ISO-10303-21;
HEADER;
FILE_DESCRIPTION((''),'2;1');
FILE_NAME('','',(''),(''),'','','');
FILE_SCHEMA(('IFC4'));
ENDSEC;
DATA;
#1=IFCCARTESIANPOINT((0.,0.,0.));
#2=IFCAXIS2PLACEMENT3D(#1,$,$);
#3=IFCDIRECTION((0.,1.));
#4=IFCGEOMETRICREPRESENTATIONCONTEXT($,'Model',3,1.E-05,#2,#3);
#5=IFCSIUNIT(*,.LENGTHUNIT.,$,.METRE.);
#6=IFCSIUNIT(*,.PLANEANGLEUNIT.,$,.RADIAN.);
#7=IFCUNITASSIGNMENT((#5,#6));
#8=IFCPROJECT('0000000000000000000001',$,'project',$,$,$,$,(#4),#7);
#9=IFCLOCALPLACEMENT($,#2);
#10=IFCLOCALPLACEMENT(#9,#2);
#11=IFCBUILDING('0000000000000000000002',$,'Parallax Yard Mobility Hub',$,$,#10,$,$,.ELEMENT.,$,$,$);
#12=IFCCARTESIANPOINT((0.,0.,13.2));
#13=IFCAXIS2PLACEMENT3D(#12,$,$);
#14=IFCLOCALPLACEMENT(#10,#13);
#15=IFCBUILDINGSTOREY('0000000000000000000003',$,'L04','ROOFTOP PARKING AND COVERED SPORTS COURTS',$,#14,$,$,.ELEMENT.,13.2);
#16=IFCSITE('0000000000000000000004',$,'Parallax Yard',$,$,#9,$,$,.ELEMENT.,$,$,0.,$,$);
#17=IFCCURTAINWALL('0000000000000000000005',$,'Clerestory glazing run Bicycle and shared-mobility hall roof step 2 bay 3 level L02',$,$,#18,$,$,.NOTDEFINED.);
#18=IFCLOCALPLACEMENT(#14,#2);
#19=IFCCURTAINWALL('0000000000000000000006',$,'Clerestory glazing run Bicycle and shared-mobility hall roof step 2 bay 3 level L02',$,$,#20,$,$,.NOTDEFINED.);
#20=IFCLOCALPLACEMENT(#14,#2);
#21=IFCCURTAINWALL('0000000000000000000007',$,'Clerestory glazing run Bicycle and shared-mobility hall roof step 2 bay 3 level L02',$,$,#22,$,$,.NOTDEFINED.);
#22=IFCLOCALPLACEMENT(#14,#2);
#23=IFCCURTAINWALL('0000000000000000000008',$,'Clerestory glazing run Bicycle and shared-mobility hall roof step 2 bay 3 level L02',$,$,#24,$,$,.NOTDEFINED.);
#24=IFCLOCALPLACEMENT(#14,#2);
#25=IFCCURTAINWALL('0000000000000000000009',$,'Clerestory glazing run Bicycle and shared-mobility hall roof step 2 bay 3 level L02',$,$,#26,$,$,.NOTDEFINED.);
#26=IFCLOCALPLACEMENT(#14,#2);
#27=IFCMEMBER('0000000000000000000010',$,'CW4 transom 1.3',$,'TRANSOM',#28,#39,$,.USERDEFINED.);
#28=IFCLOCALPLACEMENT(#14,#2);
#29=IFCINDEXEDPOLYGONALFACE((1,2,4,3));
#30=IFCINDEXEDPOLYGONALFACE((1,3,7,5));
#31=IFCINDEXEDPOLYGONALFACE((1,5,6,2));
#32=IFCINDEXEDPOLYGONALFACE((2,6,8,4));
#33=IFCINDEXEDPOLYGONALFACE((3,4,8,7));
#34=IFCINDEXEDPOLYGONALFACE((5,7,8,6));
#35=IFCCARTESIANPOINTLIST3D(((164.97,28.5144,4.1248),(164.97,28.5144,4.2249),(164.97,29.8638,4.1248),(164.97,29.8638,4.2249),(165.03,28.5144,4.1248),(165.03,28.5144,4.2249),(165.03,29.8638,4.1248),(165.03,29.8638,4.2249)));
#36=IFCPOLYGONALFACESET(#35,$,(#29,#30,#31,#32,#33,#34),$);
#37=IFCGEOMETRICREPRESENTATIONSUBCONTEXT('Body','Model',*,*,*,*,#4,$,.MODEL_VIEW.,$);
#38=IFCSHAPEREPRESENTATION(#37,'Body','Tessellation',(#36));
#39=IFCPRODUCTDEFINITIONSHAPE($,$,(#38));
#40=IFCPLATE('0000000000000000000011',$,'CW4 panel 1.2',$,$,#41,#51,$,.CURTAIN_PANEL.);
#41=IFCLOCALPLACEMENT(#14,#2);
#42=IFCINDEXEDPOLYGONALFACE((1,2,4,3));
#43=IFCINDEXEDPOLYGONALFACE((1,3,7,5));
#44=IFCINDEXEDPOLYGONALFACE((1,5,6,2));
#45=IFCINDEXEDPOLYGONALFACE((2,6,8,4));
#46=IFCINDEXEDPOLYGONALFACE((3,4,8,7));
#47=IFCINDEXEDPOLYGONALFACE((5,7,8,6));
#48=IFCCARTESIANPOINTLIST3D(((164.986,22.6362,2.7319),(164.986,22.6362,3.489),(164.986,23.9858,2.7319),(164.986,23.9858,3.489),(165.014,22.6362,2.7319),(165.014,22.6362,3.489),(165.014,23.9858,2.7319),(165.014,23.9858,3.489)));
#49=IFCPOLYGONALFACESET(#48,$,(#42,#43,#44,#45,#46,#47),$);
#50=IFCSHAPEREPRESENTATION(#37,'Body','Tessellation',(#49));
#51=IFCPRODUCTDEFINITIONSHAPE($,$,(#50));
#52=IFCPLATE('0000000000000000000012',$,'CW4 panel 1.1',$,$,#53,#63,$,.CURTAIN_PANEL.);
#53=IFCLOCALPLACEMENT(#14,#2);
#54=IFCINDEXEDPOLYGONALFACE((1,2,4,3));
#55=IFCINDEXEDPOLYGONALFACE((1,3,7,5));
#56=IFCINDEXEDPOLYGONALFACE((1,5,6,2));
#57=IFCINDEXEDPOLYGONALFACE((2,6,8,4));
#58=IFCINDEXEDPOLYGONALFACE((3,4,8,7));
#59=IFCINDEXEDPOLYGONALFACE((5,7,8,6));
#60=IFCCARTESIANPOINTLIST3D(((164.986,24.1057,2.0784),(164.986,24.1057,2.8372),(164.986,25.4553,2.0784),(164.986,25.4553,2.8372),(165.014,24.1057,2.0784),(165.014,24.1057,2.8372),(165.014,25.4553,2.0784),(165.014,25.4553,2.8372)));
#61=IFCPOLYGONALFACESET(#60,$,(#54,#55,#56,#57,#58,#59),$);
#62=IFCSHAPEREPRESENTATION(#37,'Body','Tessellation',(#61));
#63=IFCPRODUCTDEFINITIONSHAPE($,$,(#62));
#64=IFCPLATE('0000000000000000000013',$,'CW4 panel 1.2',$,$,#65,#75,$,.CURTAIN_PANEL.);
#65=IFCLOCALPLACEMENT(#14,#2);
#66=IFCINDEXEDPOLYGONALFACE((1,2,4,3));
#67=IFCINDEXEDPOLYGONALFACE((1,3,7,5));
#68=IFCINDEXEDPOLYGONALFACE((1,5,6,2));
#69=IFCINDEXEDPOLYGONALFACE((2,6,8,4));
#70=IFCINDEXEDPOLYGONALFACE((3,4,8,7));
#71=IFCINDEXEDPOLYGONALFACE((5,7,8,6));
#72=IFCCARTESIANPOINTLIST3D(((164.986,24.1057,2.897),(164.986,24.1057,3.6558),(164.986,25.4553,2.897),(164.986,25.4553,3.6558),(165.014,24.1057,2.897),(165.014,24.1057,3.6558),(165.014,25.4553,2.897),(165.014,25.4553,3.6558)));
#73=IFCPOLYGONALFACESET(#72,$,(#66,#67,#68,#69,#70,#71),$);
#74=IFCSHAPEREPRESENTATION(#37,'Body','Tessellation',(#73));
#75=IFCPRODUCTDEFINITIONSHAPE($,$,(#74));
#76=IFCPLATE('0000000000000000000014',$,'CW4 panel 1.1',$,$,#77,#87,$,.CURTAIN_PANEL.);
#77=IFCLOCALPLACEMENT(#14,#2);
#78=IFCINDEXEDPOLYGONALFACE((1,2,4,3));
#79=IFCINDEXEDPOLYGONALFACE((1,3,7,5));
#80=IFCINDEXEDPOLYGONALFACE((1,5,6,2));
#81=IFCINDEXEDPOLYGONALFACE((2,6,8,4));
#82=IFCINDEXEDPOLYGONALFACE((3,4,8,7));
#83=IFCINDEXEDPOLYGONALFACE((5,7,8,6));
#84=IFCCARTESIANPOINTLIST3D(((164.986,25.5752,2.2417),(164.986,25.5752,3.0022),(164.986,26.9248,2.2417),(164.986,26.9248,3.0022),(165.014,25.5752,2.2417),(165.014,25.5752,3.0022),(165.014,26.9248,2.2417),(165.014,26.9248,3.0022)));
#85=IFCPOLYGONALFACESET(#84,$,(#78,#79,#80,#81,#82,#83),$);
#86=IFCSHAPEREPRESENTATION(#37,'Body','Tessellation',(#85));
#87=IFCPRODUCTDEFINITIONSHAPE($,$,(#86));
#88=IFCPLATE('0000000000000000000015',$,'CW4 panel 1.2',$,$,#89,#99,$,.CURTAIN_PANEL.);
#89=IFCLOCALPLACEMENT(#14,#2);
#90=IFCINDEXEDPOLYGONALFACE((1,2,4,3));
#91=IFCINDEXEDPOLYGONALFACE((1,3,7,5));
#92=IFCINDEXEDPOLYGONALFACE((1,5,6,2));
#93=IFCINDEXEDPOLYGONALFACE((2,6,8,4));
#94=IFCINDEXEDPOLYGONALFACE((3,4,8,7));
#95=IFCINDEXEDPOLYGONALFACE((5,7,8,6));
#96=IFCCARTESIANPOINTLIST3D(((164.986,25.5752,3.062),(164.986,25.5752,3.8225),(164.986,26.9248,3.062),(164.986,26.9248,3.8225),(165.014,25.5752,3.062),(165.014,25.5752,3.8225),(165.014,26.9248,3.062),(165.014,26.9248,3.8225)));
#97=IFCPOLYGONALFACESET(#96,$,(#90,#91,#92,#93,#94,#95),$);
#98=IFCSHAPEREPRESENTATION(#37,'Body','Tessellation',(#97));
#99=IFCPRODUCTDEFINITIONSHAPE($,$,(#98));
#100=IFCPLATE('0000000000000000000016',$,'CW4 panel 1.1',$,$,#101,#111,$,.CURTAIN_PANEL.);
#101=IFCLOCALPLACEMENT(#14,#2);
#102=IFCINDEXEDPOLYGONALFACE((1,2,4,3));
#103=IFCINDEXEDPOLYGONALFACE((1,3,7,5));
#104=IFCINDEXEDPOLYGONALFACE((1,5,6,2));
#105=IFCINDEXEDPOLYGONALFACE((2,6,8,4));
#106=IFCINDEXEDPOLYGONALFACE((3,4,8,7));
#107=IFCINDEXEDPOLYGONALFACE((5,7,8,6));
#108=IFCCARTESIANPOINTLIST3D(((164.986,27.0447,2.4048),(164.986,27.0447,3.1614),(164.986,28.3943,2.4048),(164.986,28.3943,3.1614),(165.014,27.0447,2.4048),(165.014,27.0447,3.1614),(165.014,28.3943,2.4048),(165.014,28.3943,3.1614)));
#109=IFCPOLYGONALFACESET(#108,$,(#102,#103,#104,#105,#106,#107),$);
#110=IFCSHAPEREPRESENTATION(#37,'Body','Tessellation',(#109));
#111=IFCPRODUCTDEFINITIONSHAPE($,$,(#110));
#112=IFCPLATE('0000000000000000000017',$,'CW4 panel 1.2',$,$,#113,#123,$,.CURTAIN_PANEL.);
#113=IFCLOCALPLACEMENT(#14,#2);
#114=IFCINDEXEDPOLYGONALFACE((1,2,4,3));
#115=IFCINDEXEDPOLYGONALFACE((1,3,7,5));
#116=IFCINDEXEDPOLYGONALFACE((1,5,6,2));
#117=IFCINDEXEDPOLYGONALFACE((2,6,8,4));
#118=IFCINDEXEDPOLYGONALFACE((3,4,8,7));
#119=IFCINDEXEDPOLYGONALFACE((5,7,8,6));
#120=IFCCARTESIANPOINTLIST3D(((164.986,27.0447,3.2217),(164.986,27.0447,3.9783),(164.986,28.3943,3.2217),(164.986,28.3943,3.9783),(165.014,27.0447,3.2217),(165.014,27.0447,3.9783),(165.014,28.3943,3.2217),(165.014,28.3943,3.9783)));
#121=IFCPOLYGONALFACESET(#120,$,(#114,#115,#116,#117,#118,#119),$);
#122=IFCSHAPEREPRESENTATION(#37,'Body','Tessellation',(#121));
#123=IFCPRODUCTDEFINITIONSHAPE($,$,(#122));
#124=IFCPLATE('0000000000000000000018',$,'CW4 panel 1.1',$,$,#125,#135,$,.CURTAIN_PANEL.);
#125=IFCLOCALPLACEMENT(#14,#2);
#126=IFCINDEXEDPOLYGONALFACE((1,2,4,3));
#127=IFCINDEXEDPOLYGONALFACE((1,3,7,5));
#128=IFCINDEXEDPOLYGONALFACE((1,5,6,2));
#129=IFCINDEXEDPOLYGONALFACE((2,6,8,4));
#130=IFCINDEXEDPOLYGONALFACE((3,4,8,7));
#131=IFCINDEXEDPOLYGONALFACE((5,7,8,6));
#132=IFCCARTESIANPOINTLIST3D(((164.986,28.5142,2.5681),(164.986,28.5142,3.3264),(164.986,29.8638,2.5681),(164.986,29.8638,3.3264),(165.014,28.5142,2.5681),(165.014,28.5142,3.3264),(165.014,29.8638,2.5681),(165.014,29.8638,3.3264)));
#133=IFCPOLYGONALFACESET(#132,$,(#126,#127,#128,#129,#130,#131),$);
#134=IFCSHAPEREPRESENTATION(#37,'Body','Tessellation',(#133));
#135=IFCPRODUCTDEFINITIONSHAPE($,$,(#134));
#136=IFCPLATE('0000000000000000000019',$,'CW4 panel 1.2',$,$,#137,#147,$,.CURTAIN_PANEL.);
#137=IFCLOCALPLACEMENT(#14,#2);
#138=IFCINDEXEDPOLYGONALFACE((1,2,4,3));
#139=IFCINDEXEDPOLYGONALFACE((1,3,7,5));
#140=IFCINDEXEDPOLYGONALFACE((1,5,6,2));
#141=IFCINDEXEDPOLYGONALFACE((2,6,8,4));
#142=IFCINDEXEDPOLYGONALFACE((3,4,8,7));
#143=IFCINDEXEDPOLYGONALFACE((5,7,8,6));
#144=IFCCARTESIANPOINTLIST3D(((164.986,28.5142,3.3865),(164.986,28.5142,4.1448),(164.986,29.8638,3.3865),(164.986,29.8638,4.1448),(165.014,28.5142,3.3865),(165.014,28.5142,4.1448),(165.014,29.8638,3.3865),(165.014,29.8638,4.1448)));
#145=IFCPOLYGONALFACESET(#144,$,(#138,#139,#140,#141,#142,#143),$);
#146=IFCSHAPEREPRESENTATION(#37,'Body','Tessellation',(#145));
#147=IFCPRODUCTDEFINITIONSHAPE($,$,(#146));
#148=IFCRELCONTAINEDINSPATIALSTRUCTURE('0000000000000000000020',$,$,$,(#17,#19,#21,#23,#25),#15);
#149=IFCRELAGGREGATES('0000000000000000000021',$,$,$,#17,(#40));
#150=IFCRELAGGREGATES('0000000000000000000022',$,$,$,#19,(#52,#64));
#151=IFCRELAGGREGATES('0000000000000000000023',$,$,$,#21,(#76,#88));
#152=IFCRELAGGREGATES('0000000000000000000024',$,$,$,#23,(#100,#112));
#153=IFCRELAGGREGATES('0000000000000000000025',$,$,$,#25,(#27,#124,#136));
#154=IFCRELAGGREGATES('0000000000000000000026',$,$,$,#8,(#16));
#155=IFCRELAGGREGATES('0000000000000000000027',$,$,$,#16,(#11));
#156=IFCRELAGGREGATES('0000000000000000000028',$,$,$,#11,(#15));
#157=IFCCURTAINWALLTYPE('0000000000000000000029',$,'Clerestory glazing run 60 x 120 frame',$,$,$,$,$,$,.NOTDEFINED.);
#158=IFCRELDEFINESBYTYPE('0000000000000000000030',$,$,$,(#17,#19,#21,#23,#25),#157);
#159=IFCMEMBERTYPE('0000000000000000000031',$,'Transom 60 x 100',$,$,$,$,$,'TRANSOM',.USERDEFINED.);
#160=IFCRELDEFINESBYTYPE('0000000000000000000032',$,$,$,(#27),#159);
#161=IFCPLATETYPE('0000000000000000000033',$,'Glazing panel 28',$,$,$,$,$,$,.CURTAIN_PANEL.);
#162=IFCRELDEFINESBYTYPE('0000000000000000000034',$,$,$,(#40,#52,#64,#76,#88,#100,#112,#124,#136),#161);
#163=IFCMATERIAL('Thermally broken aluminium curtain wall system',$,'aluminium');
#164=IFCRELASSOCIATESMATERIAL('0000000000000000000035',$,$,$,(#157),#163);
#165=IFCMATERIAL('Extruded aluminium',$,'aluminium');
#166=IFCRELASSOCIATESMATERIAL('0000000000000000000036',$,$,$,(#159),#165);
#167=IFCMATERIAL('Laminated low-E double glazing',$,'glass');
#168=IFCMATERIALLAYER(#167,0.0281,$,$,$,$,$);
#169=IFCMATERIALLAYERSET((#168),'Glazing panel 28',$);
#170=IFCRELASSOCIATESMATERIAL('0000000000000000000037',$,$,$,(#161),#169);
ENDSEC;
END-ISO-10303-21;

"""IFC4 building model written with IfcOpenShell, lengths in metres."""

from ifc_helpers import new_model, si_unit, direction, frame, origin, origin_2d, place, context, subcontext, project, spatial, rectangle, extrude, material, layer, layer_set, material_profile, profile_set, type_object, element, aggregate, save


model = new_model("IFC4")

# Units and contexts
model_context = context("Model", 3, precision=1e-05, world=origin(), true_north=direction((0.0, 1.0)))
body_context = subcontext(model_context, "Body", "Model", "MODEL_VIEW")
ifc_project = project(units=[si_unit("LENGTHUNIT", "METRE"), si_unit("PLANEANGLEUNIT", "RADIAN")], contexts=[model_context])

# Site, building, storey
site_placement = place(None, origin())
site = spatial("IfcSite", under=ifc_project, at=site_placement, Name="Parallax Yard", CompositionType="ELEMENT", RefElevation=0.0)
building_placement = place(site_placement, origin())
building = spatial("IfcBuilding", under=site, at=building_placement, Name="Parallax Yard Mobility Hub", CompositionType="ELEMENT")
storey_placement = place(building_placement, frame((0.0, 0.0, 13.2)))
storey = spatial("IfcBuildingStorey", under=building, at=storey_placement, Name="L04", Description="ROOFTOP PARKING AND COVERED SPORTS COURTS", CompositionType="ELEMENT", Elevation=13.2)

# Curtain wall
ifc_material_1 = material(Name="Thermally broken aluminium curtain wall system", Category="aluminium")
curtain_wall_type = type_object("IfcCurtainWallType", Name="Clerestory glazing run 60 x 120 frame", PredefinedType="NOTDEFINED", material=ifc_material_1)
curtain_wall_1_placement = place(storey_placement, origin())
curtain_wall_1 = element("IfcCurtainWall", 1, at=curtain_wall_1_placement, inside=storey, type_object=curtain_wall_type, Name="Clerestory glazing run Bicycle and shared-mobility hall roof step 2 bay 3 level L02", PredefinedType="NOTDEFINED")
ifc_material_2 = material(Name="Extruded aluminium", Category="aluminium")

# Curtain walls
curtain_wall_2_placement = place(storey_placement, origin())
curtain_wall_2 = element("IfcCurtainWall", 2, at=curtain_wall_2_placement, inside=storey, type_object=curtain_wall_type, Name="Clerestory glazing run Bicycle and shared-mobility hall roof step 2 bay 3 level L02", PredefinedType="NOTDEFINED")
curtain_wall_3_placement = place(storey_placement, origin())
curtain_wall_3 = element("IfcCurtainWall", 3, at=curtain_wall_3_placement, inside=storey, type_object=curtain_wall_type, Name="Clerestory glazing run Bicycle and shared-mobility hall roof step 2 bay 3 level L02", PredefinedType="NOTDEFINED")
curtain_wall_4_placement = place(storey_placement, origin())
curtain_wall_4 = element("IfcCurtainWall", 4, at=curtain_wall_4_placement, inside=storey, type_object=curtain_wall_type, Name="Clerestory glazing run Bicycle and shared-mobility hall roof step 2 bay 3 level L02", PredefinedType="NOTDEFINED")

# Curtain wall
curtain_wall_5_placement = place(storey_placement, origin())
curtain_wall_5 = element("IfcCurtainWall", 5, at=curtain_wall_5_placement, inside=storey, type_object=curtain_wall_type, Name="Clerestory glazing run Bicycle and shared-mobility hall roof step 2 bay 3 level L02", PredefinedType="NOTDEFINED")

# Member
ifc_material_profile_1 = material_profile(ifc_material_2, rectangle(XDim=0.0601, YDim=0.1001, at=origin_2d()), Name="Transom 60 x 100")
ifc_profile_set_1 = profile_set([ifc_material_profile_1], Name="Extruded aluminium")
member_type_1 = type_object("IfcMemberType", Name="Transom 60 x 100", ElementType="TRANSOM", PredefinedType="USERDEFINED", material=ifc_profile_set_1)
member_1_placement = place(storey_placement, frame((165.0, 28.5144, 4.1748), z_axis=(0.0, 1.0, 0.0), x_axis=(-1.0, 0.0, 0.0)))
member_1 = element("IfcMember", 6, at=member_1_placement, type_object=member_type_1, Name="CW4 transom 1.3", ObjectType="TRANSOM", PredefinedType="USERDEFINED", context=body_context, shape_type="SweptSolid", body=[
    extrude(rectangle(XDim=0.0601, YDim=0.1001, at=origin_2d()), origin(), (0.0, 0.0, 1.0), 1.3494),
])

# Plates
ifc_material_3 = material(Name="Laminated low-E double glazing", Category="glass")
ifc_layer = layer(ifc_material_3, 0.0281)
ifc_layer_set = layer_set([ifc_layer], Name="Glazing panel 28")
plate_type = type_object("IfcPlateType", Name="Glazing panel 28", PredefinedType="CURTAIN_PANEL", material=ifc_layer_set)
plate_1_placement = place(storey_placement, frame((165.0, 23.311, 2.7319), z_axis=(0.0, 0.0, 1.0), x_axis=(0.0, 1.0, 0.0)))
plate_1 = element("IfcPlate", 7, at=plate_1_placement, type_object=plate_type, Name="CW4 panel 1.2", PredefinedType="CURTAIN_PANEL", context=body_context, shape_type="SweptSolid", body=[
    extrude(rectangle(XDim=1.3496, YDim=0.0281, at=origin_2d()), origin(), (0.0, 0.0, 1.0), 0.7571),
])
aggregate(curtain_wall_1, [plate_1])
plate_2_placement = place(storey_placement, frame((165.0, 24.7805, 2.0784), z_axis=(0.0, 0.0, 1.0), x_axis=(0.0, 1.0, 0.0)))
plate_2 = element("IfcPlate", 8, at=plate_2_placement, type_object=plate_type, Name="CW4 panel 1.1", PredefinedType="CURTAIN_PANEL", context=body_context, shape_type="SweptSolid", body=[
    extrude(rectangle(XDim=1.3496, YDim=0.0281, at=origin_2d()), origin(), (0.0, 0.0, 1.0), 0.7588),
])
plate_3_placement = place(storey_placement, frame((165.0, 24.7805, 2.897), z_axis=(0.0, 0.0, 1.0), x_axis=(0.0, 1.0, 0.0)))
plate_3 = element("IfcPlate", 9, at=plate_3_placement, type_object=plate_type, Name="CW4 panel 1.2", PredefinedType="CURTAIN_PANEL", context=body_context, shape_type="SweptSolid", body=[
    extrude(rectangle(XDim=1.3496, YDim=0.0281, at=origin_2d()), origin(), (0.0, 0.0, 1.0), 0.7588),
])
aggregate(curtain_wall_2, [plate_2, plate_3])
plate_4_placement = place(storey_placement, frame((165.0, 26.25, 2.2417), z_axis=(0.0, 0.0, 1.0), x_axis=(0.0, 1.0, 0.0)))
plate_4 = element("IfcPlate", 10, at=plate_4_placement, type_object=plate_type, Name="CW4 panel 1.1", PredefinedType="CURTAIN_PANEL", context=body_context, shape_type="SweptSolid", body=[
    extrude(rectangle(XDim=1.3496, YDim=0.0281, at=origin_2d()), origin(), (0.0, 0.0, 1.0), 0.7605),
])
plate_5_placement = place(storey_placement, frame((165.0, 26.25, 3.062), z_axis=(0.0, 0.0, 1.0), x_axis=(0.0, 1.0, 0.0)))
plate_5 = element("IfcPlate", 11, at=plate_5_placement, type_object=plate_type, Name="CW4 panel 1.2", PredefinedType="CURTAIN_PANEL", context=body_context, shape_type="SweptSolid", body=[
    extrude(rectangle(XDim=1.3496, YDim=0.0281, at=origin_2d()), origin(), (0.0, 0.0, 1.0), 0.7605),
])
aggregate(curtain_wall_3, [plate_4, plate_5])
plate_6_placement = place(storey_placement, frame((165.0, 27.7195, 2.4048), z_axis=(0.0, 0.0, 1.0), x_axis=(0.0, 1.0, 0.0)))
plate_6 = element("IfcPlate", 12, at=plate_6_placement, type_object=plate_type, Name="CW4 panel 1.1", PredefinedType="CURTAIN_PANEL", context=body_context, shape_type="SweptSolid", body=[
    extrude(rectangle(XDim=1.3496, YDim=0.0281, at=origin_2d()), origin(), (0.0, 0.0, 1.0), 0.7566),
])
plate_7_placement = place(storey_placement, frame((165.0, 27.7195, 3.2217), z_axis=(0.0, 0.0, 1.0), x_axis=(0.0, 1.0, 0.0)))
plate_7 = element("IfcPlate", 13, at=plate_7_placement, type_object=plate_type, Name="CW4 panel 1.2", PredefinedType="CURTAIN_PANEL", context=body_context, shape_type="SweptSolid", body=[
    extrude(rectangle(XDim=1.3496, YDim=0.0281, at=origin_2d()), origin(), (0.0, 0.0, 1.0), 0.7566),
])
aggregate(curtain_wall_4, [plate_6, plate_7])
plate_8_placement = place(storey_placement, frame((165.0, 29.189, 2.5681), z_axis=(0.0, 0.0, 1.0), x_axis=(0.0, 1.0, 0.0)))
plate_8 = element("IfcPlate", 14, at=plate_8_placement, type_object=plate_type, Name="CW4 panel 1.1", PredefinedType="CURTAIN_PANEL", context=body_context, shape_type="SweptSolid", body=[
    extrude(rectangle(XDim=1.3496, YDim=0.0281, at=origin_2d()), origin(), (0.0, 0.0, 1.0), 0.7583),
])
plate_9_placement = place(storey_placement, frame((165.0, 29.189, 3.3865), z_axis=(0.0, 0.0, 1.0), x_axis=(0.0, 1.0, 0.0)))
plate_9 = element("IfcPlate", 15, at=plate_9_placement, type_object=plate_type, Name="CW4 panel 1.2", PredefinedType="CURTAIN_PANEL", context=body_context, shape_type="SweptSolid", body=[
    extrude(rectangle(XDim=1.3496, YDim=0.0281, at=origin_2d()), origin(), (0.0, 0.0, 1.0), 0.7583),
])
aggregate(curtain_wall_5, [member_1, plate_8, plate_9])

save(model, "model.ifc")
